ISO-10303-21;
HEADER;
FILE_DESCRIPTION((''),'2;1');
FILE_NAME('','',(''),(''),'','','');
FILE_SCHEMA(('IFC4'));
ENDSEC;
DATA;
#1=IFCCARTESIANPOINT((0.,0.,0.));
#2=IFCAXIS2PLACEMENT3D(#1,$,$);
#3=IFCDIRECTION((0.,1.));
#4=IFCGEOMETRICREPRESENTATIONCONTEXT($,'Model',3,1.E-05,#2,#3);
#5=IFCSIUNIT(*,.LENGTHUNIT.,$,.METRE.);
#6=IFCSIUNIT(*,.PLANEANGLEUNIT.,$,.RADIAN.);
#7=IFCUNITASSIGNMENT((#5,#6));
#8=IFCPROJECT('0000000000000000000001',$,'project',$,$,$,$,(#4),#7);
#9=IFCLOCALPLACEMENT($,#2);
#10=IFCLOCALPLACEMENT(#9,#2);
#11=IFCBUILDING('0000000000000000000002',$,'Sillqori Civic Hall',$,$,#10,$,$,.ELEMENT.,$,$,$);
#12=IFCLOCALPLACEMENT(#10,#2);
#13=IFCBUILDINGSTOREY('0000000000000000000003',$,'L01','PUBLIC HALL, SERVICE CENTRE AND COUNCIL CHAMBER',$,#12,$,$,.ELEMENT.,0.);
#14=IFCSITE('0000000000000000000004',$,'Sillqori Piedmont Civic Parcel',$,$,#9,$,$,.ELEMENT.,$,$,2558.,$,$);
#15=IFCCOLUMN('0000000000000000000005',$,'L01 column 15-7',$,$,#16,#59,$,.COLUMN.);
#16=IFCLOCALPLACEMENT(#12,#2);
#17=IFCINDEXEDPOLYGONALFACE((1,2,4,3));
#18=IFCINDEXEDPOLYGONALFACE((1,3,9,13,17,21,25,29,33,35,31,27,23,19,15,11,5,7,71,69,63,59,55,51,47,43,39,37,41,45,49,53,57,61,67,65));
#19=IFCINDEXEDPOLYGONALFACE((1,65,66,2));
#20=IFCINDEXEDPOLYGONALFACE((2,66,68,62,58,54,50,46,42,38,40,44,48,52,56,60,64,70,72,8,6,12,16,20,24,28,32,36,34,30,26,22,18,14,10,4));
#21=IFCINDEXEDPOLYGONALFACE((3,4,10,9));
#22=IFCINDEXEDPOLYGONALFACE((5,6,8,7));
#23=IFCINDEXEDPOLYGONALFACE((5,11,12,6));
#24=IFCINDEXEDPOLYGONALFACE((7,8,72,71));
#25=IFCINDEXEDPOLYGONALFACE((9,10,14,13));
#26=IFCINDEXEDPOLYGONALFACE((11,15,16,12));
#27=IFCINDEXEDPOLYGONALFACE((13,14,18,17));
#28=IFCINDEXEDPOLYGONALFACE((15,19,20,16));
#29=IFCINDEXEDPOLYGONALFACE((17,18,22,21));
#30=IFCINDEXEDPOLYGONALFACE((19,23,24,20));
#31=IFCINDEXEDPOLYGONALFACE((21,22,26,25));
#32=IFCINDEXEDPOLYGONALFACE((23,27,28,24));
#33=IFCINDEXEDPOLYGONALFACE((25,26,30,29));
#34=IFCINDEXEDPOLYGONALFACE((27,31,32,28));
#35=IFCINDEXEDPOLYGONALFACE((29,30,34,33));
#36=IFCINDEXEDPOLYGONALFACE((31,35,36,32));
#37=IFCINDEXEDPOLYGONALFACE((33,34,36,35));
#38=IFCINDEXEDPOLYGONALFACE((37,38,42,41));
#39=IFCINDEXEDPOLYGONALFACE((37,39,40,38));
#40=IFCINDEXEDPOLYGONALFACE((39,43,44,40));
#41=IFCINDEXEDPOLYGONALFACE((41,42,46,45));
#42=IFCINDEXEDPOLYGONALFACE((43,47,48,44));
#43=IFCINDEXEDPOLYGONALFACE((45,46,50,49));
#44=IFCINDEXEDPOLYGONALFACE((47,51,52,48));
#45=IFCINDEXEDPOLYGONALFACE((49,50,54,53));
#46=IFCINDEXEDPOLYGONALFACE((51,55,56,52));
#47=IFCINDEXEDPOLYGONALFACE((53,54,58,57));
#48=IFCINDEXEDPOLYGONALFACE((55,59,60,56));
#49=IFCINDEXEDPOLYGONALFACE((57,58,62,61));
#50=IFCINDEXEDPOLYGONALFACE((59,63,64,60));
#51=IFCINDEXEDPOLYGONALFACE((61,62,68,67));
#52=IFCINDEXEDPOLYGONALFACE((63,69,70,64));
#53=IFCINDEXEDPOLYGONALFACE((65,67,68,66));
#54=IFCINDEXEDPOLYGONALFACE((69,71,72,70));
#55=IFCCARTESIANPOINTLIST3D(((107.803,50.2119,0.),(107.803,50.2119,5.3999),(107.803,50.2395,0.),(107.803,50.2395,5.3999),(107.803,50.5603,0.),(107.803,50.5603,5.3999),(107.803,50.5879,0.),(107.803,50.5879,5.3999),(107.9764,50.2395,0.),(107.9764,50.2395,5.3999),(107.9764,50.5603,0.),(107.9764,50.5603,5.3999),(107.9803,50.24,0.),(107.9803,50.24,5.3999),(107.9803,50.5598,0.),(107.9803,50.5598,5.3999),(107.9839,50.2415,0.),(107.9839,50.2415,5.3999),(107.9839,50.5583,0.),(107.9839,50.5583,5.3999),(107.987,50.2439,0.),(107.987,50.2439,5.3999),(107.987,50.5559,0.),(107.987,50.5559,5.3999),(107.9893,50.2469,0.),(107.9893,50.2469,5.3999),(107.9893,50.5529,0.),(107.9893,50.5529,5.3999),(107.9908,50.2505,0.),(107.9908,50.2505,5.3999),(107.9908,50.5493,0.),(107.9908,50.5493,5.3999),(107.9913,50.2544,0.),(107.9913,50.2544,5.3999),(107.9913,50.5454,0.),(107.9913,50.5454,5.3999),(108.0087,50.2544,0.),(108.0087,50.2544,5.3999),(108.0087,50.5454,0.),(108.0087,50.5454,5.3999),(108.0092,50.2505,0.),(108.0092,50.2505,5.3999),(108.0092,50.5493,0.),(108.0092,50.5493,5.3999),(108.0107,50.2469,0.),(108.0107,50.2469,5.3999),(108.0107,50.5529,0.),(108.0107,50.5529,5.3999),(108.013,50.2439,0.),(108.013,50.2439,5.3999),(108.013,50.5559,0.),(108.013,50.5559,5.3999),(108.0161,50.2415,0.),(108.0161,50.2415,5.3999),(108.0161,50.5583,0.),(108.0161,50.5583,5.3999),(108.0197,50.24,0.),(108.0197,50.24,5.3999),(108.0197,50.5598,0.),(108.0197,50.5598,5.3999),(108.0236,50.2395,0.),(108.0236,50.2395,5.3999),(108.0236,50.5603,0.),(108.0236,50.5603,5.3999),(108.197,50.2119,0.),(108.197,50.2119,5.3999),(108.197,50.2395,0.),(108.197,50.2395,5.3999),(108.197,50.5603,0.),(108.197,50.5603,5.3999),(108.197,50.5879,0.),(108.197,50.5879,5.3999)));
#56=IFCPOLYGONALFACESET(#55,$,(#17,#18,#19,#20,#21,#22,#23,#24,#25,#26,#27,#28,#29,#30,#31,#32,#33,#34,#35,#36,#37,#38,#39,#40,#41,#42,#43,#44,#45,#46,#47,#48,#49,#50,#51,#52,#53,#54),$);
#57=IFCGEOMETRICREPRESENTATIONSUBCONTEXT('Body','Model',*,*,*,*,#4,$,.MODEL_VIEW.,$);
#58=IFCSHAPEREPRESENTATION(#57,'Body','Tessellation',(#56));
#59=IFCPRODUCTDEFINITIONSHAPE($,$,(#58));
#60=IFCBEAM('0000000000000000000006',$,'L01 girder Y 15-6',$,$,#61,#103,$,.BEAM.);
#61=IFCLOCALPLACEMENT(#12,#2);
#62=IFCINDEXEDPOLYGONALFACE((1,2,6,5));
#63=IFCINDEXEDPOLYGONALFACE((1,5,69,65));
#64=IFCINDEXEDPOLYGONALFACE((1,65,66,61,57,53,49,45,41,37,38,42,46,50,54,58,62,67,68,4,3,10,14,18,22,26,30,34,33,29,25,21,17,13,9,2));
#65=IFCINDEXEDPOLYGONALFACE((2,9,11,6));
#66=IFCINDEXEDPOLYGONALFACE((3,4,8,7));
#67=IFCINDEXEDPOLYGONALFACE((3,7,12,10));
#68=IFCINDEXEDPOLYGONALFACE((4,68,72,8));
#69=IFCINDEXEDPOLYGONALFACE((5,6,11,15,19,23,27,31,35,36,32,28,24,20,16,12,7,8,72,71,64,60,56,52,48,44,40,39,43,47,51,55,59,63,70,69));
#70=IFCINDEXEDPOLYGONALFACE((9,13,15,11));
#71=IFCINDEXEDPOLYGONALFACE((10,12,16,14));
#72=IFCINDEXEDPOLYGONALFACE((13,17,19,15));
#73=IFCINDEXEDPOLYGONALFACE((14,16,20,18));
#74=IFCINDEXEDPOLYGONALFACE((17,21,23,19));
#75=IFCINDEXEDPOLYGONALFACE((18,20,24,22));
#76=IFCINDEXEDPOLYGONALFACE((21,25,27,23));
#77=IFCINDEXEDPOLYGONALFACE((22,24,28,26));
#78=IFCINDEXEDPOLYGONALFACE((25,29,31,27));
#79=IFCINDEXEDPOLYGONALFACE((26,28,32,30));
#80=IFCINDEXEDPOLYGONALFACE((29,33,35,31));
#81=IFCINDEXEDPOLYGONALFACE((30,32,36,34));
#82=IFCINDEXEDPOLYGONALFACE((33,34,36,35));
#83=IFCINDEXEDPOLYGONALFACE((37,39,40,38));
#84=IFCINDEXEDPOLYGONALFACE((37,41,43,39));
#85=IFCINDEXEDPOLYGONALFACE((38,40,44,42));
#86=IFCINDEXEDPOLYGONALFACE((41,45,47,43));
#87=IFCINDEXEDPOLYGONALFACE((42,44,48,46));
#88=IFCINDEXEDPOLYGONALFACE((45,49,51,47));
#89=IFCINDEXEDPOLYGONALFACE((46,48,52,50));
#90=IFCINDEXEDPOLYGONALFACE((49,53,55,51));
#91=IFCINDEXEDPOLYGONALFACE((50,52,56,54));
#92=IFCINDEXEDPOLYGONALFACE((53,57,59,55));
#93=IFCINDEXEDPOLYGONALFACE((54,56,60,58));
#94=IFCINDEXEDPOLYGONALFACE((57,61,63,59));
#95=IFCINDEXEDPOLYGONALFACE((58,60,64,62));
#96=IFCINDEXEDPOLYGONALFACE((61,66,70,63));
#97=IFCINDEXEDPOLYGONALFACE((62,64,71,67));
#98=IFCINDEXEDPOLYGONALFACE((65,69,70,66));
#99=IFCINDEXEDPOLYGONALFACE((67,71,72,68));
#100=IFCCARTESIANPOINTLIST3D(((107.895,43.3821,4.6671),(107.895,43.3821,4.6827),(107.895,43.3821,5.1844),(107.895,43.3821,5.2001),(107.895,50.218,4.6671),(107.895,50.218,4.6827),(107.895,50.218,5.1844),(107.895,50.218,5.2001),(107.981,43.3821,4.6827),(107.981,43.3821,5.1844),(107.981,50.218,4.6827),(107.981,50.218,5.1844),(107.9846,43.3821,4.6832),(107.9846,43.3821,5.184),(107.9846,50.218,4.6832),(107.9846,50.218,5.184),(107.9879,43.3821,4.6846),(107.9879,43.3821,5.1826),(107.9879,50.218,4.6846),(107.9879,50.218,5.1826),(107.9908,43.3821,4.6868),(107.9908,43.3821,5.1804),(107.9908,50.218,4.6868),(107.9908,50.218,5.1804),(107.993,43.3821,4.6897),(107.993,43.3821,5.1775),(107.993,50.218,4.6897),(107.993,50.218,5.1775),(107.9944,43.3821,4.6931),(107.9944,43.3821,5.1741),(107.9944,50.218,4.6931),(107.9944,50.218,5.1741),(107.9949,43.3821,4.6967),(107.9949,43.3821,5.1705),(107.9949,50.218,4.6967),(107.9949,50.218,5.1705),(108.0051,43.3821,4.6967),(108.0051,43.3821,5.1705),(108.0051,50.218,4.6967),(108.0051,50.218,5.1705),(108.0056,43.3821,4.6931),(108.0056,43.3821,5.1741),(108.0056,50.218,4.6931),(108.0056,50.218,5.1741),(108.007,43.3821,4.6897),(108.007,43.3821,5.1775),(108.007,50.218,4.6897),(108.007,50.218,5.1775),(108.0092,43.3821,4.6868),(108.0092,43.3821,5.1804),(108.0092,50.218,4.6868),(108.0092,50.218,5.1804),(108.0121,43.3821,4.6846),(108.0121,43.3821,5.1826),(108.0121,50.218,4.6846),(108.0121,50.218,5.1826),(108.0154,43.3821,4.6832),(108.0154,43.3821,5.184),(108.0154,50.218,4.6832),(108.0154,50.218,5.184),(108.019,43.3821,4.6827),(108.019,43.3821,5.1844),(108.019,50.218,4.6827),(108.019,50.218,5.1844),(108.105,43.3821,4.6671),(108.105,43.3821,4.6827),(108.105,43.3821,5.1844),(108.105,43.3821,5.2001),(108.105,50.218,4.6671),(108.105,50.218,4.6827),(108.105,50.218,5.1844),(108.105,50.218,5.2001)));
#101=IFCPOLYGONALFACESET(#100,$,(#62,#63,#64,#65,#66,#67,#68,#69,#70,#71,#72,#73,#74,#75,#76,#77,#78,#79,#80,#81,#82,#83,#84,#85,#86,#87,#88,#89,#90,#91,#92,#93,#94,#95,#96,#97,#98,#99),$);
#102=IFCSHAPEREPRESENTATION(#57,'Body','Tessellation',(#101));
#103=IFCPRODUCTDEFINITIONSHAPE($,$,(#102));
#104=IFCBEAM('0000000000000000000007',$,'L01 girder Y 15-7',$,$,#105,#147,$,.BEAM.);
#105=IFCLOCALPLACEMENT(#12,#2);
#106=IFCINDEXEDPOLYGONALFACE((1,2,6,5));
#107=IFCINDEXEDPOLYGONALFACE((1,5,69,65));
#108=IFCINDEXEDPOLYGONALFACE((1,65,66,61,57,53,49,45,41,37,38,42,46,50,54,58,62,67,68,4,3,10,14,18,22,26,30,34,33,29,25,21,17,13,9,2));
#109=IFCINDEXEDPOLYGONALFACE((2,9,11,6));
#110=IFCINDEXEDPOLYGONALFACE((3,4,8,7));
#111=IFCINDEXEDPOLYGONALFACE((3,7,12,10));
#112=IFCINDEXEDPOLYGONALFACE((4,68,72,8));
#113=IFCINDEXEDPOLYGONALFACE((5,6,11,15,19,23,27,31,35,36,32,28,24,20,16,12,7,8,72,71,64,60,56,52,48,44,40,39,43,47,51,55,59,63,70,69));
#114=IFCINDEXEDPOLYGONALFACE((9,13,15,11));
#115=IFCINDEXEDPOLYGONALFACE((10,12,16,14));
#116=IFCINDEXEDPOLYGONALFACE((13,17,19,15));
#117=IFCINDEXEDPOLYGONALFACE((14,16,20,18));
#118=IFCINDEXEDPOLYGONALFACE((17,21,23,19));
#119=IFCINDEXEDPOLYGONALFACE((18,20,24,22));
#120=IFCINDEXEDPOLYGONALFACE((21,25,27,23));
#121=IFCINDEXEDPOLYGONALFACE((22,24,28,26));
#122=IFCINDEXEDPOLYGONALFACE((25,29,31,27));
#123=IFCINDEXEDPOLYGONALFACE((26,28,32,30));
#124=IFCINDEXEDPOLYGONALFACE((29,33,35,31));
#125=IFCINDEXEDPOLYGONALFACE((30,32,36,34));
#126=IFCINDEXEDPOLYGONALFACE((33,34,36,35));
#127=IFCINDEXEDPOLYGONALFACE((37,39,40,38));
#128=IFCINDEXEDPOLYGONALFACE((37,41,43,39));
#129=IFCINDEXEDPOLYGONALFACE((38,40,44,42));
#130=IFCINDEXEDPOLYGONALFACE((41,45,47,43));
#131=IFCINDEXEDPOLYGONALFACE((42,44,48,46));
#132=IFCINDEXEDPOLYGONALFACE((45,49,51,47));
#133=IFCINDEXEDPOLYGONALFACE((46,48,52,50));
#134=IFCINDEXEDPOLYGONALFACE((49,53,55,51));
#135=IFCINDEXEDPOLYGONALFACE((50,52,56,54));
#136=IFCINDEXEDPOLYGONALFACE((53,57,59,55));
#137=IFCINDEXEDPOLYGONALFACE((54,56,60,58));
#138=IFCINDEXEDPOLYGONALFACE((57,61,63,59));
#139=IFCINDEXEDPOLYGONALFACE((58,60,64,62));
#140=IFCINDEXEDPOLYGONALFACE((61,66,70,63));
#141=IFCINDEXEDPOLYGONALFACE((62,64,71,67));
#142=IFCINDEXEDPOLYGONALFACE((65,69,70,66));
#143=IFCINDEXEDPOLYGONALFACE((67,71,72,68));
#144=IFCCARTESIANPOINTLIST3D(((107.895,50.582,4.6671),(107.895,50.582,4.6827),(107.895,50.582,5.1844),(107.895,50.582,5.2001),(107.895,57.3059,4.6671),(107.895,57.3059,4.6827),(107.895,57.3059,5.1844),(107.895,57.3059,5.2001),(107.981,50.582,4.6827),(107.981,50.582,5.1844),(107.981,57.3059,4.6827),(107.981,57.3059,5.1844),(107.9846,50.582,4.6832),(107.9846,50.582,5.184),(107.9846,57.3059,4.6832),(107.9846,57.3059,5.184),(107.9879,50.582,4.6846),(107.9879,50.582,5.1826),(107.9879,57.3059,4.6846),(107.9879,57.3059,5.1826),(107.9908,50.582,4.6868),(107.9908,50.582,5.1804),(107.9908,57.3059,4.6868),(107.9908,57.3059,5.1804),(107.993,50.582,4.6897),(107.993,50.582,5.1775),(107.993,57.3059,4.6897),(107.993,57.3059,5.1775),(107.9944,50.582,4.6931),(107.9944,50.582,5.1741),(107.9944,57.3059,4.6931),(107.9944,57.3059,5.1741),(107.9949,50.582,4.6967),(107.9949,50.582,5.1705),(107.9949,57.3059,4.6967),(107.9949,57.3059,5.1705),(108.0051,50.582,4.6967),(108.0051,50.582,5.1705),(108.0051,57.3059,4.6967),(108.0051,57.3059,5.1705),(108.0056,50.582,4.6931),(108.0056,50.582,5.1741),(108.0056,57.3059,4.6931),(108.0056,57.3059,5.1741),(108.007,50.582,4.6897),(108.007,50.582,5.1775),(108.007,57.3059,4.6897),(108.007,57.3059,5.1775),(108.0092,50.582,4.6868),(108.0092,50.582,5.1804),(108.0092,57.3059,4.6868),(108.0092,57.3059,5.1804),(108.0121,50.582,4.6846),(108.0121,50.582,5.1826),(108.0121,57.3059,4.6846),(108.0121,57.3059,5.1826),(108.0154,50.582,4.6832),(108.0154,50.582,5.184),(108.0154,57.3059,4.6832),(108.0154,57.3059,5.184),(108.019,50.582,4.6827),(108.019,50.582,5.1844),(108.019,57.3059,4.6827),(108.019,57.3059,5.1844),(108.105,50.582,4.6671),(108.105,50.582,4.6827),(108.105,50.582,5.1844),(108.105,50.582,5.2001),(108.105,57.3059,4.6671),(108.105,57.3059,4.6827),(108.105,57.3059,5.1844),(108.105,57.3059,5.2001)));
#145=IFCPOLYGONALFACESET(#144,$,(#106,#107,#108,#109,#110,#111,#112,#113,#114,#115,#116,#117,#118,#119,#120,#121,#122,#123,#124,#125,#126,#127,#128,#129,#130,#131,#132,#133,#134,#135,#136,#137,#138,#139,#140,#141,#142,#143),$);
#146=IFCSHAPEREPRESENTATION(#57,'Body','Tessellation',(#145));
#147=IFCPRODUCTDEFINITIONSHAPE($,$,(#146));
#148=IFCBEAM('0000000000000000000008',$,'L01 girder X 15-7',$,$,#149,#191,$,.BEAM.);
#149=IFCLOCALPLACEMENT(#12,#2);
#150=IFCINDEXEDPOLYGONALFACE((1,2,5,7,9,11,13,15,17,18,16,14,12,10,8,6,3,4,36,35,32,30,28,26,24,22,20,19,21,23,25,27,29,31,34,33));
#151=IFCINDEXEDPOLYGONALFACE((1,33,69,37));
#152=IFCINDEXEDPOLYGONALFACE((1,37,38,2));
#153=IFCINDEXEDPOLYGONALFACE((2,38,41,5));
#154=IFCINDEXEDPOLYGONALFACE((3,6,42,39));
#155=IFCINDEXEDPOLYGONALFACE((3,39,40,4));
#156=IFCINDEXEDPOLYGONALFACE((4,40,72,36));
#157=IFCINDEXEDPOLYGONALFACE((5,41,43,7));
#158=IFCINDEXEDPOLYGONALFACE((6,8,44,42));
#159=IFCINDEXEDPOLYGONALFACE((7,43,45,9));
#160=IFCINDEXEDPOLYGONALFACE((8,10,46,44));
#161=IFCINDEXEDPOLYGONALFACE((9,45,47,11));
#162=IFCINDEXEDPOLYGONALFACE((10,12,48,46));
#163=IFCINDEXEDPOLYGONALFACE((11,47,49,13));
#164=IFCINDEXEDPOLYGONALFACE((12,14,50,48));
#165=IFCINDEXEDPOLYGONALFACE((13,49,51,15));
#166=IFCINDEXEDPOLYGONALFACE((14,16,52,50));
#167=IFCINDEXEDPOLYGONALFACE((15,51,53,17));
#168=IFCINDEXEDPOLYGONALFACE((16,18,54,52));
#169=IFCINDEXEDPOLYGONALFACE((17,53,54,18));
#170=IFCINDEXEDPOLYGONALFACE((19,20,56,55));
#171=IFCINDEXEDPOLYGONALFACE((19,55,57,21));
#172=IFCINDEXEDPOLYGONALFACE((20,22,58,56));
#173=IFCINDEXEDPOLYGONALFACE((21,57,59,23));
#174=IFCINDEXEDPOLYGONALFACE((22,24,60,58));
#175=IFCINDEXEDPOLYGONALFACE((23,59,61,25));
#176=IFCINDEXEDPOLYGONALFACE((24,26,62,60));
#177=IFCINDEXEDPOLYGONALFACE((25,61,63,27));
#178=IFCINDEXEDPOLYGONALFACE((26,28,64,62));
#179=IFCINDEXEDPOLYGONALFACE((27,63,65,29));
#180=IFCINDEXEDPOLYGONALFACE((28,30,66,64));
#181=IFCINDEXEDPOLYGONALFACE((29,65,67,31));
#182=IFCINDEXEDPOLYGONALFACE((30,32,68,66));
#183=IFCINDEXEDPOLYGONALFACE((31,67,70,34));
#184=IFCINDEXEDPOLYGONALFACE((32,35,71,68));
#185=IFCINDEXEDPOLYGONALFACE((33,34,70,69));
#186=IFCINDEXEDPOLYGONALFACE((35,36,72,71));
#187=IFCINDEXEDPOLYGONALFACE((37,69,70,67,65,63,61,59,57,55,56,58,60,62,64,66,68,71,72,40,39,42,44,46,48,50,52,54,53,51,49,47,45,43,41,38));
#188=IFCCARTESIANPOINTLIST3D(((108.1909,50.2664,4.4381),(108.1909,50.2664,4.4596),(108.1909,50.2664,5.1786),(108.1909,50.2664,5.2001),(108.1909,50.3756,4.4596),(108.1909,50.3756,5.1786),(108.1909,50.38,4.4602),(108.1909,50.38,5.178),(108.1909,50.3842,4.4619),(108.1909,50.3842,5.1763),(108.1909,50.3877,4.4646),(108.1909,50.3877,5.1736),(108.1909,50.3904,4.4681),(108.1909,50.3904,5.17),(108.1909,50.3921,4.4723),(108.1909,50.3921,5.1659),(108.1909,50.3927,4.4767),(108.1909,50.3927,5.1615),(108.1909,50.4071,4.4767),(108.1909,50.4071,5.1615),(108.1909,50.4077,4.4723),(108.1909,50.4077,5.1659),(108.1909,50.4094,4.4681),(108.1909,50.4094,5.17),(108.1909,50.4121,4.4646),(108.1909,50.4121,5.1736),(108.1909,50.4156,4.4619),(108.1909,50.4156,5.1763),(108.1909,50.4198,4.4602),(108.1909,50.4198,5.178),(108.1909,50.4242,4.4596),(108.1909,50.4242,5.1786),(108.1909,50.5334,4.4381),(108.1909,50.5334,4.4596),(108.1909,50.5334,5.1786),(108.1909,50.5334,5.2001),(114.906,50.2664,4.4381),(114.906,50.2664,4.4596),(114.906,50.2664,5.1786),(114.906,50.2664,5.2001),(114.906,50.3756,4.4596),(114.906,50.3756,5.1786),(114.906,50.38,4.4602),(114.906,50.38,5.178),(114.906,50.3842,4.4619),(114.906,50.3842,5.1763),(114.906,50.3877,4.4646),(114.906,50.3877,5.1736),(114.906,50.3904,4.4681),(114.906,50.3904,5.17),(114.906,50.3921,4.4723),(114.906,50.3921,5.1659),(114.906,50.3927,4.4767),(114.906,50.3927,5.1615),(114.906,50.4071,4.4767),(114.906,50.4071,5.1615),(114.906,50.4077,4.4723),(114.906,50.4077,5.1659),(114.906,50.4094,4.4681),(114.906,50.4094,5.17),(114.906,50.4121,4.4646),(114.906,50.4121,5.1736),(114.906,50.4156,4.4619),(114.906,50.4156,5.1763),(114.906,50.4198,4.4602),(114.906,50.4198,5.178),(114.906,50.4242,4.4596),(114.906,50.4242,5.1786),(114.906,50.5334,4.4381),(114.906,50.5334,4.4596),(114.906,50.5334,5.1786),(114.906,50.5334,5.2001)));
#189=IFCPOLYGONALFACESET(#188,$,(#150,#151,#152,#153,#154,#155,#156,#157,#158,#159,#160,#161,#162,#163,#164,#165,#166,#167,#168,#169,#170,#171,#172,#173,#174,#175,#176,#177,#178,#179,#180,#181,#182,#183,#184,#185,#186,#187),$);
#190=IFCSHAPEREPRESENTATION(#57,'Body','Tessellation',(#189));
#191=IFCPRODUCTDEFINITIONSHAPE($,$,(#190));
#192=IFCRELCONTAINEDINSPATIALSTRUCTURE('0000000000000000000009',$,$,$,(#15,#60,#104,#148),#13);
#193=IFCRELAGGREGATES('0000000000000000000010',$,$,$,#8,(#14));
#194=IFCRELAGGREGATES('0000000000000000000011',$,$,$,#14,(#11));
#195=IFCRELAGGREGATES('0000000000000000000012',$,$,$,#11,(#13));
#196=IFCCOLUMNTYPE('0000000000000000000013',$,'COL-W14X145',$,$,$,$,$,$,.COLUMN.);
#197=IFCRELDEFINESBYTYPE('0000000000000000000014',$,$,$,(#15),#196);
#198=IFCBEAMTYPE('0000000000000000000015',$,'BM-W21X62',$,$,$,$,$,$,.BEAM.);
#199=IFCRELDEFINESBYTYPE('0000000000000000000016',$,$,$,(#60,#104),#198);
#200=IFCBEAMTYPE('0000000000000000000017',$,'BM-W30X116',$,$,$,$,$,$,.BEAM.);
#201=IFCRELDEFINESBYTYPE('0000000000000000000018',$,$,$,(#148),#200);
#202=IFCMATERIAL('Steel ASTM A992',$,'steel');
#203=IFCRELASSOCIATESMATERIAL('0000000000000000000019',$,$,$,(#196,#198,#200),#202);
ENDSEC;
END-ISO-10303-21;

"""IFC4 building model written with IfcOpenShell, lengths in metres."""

from ifc_helpers import new_model, si_unit, direction, frame, origin, origin_2d, place, context, subcontext, project, spatial, i_section, extrude, material, material_profile, profile_set, type_object, element, save


model = new_model("IFC4")

# Units and contexts
model_context = context("Model", 3, precision=1e-05, world=origin(), true_north=direction((0.0, 1.0)))
body_context = subcontext(model_context, "Body", "Model", "MODEL_VIEW")
ifc_project = project(units=[si_unit("LENGTHUNIT", "METRE"), si_unit("PLANEANGLEUNIT", "RADIAN")], contexts=[model_context])

# Site, building, storey
site_placement = place(None, origin())
site = spatial("IfcSite", under=ifc_project, at=site_placement, Name="Sillqori Piedmont Civic Parcel", CompositionType="ELEMENT", RefElevation=2558.0)
building_placement = place(site_placement, origin())
building = spatial("IfcBuilding", under=site, at=building_placement, Name="Sillqori Civic Hall", CompositionType="ELEMENT")
storey_placement = place(building_placement, origin())
storey = spatial("IfcBuildingStorey", under=building, at=storey_placement, Name="L01", Description="PUBLIC HALL, SERVICE CENTRE AND COUNCIL CHAMBER", CompositionType="ELEMENT", Elevation=0.0)

# Column
ifc_material_1 = material(Name="Steel ASTM A992", Category="steel")
ifc_material_profile_1 = material_profile(ifc_material_1, i_section(OverallWidth=0.394, OverallDepth=0.376, WebThickness=0.0173, FlangeThickness=0.0276, FilletRadius=0.0149, at=origin_2d()), Name="W14X145")
ifc_profile_set_1 = profile_set([ifc_material_profile_1], Name="Steel ASTM A992")
column_type = type_object("IfcColumnType", Name="COL-W14X145", PredefinedType="COLUMN", material=ifc_profile_set_1)
column_placement = place(storey_placement, frame((108.0, 50.3999, 0.0), z_axis=(0.0, 0.0, 1.0), x_axis=(1.0, 0.0, 0.0)))
element("IfcColumn", 1, at=column_placement, inside=storey, type_object=column_type, Name="L01 column 15-7", PredefinedType="COLUMN", context=body_context, shape_type="SweptSolid", body=[
    extrude(i_section(OverallWidth=0.394, OverallDepth=0.376, WebThickness=0.0173, FlangeThickness=0.0276, FilletRadius=0.0149, at=origin_2d()), origin(), (0.0, 0.0, 1.0), 5.3999),
])

# Beams
ifc_material_profile_2 = material_profile(ifc_material_1, i_section(OverallWidth=0.21, OverallDepth=0.533, WebThickness=0.0103, FlangeThickness=0.0156, FilletRadius=0.0139, at=origin_2d()), Name="W21X62")
ifc_profile_set_2 = profile_set([ifc_material_profile_2], Name="Steel ASTM A992")
beam_type_1 = type_object("IfcBeamType", Name="BM-W21X62", PredefinedType="BEAM", material=ifc_profile_set_2)
beam_1_placement = place(storey_placement, frame((108.0, 43.3821, 4.9336), z_axis=(0.0, 1.0, 0.0), x_axis=(-1.0, 0.0, 0.0)))
element("IfcBeam", 2, at=beam_1_placement, inside=storey, type_object=beam_type_1, Name="L01 girder Y 15-6", PredefinedType="BEAM", context=body_context, shape_type="SweptSolid", body=[
    extrude(i_section(OverallWidth=0.21, OverallDepth=0.533, WebThickness=0.0103, FlangeThickness=0.0156, FilletRadius=0.0139, at=origin_2d()), origin(), (0.0, 0.0, 1.0), 6.8359),
])
beam_2_placement = place(storey_placement, frame((108.0, 50.582, 4.9336), z_axis=(0.0, 1.0, 0.0), x_axis=(-1.0, 0.0, 0.0)))
element("IfcBeam", 3, at=beam_2_placement, inside=storey, type_object=beam_type_1, Name="L01 girder Y 15-7", PredefinedType="BEAM", context=body_context, shape_type="SweptSolid", body=[
    extrude(i_section(OverallWidth=0.21, OverallDepth=0.533, WebThickness=0.0103, FlangeThickness=0.0156, FilletRadius=0.0139, at=origin_2d()), origin(), (0.0, 0.0, 1.0), 6.7239),
])
ifc_material_profile_3 = material_profile(ifc_material_1, i_section(OverallWidth=0.2671, OverallDepth=0.762, WebThickness=0.0144, FlangeThickness=0.0215, FilletRadius=0.0171, at=origin_2d()), Name="W30X116")
ifc_profile_set_3 = profile_set([ifc_material_profile_3], Name="Steel ASTM A992")
beam_type_2 = type_object("IfcBeamType", Name="BM-W30X116", PredefinedType="BEAM", material=ifc_profile_set_3)
beam_3_placement = place(storey_placement, frame((108.1909, 50.3999, 4.8191), z_axis=(1.0, 0.0, 0.0), x_axis=(0.0, 1.0, 0.0)))
element("IfcBeam", 4, at=beam_3_placement, inside=storey, type_object=beam_type_2, Name="L01 girder X 15-7", PredefinedType="BEAM", context=body_context, shape_type="SweptSolid", body=[
    extrude(i_section(OverallWidth=0.2671, OverallDepth=0.762, WebThickness=0.0144, FlangeThickness=0.0215, FilletRadius=0.0171, at=origin_2d()), origin(), (0.0, 0.0, 1.0), 6.7151),
])

save(model, "model.ifc")
